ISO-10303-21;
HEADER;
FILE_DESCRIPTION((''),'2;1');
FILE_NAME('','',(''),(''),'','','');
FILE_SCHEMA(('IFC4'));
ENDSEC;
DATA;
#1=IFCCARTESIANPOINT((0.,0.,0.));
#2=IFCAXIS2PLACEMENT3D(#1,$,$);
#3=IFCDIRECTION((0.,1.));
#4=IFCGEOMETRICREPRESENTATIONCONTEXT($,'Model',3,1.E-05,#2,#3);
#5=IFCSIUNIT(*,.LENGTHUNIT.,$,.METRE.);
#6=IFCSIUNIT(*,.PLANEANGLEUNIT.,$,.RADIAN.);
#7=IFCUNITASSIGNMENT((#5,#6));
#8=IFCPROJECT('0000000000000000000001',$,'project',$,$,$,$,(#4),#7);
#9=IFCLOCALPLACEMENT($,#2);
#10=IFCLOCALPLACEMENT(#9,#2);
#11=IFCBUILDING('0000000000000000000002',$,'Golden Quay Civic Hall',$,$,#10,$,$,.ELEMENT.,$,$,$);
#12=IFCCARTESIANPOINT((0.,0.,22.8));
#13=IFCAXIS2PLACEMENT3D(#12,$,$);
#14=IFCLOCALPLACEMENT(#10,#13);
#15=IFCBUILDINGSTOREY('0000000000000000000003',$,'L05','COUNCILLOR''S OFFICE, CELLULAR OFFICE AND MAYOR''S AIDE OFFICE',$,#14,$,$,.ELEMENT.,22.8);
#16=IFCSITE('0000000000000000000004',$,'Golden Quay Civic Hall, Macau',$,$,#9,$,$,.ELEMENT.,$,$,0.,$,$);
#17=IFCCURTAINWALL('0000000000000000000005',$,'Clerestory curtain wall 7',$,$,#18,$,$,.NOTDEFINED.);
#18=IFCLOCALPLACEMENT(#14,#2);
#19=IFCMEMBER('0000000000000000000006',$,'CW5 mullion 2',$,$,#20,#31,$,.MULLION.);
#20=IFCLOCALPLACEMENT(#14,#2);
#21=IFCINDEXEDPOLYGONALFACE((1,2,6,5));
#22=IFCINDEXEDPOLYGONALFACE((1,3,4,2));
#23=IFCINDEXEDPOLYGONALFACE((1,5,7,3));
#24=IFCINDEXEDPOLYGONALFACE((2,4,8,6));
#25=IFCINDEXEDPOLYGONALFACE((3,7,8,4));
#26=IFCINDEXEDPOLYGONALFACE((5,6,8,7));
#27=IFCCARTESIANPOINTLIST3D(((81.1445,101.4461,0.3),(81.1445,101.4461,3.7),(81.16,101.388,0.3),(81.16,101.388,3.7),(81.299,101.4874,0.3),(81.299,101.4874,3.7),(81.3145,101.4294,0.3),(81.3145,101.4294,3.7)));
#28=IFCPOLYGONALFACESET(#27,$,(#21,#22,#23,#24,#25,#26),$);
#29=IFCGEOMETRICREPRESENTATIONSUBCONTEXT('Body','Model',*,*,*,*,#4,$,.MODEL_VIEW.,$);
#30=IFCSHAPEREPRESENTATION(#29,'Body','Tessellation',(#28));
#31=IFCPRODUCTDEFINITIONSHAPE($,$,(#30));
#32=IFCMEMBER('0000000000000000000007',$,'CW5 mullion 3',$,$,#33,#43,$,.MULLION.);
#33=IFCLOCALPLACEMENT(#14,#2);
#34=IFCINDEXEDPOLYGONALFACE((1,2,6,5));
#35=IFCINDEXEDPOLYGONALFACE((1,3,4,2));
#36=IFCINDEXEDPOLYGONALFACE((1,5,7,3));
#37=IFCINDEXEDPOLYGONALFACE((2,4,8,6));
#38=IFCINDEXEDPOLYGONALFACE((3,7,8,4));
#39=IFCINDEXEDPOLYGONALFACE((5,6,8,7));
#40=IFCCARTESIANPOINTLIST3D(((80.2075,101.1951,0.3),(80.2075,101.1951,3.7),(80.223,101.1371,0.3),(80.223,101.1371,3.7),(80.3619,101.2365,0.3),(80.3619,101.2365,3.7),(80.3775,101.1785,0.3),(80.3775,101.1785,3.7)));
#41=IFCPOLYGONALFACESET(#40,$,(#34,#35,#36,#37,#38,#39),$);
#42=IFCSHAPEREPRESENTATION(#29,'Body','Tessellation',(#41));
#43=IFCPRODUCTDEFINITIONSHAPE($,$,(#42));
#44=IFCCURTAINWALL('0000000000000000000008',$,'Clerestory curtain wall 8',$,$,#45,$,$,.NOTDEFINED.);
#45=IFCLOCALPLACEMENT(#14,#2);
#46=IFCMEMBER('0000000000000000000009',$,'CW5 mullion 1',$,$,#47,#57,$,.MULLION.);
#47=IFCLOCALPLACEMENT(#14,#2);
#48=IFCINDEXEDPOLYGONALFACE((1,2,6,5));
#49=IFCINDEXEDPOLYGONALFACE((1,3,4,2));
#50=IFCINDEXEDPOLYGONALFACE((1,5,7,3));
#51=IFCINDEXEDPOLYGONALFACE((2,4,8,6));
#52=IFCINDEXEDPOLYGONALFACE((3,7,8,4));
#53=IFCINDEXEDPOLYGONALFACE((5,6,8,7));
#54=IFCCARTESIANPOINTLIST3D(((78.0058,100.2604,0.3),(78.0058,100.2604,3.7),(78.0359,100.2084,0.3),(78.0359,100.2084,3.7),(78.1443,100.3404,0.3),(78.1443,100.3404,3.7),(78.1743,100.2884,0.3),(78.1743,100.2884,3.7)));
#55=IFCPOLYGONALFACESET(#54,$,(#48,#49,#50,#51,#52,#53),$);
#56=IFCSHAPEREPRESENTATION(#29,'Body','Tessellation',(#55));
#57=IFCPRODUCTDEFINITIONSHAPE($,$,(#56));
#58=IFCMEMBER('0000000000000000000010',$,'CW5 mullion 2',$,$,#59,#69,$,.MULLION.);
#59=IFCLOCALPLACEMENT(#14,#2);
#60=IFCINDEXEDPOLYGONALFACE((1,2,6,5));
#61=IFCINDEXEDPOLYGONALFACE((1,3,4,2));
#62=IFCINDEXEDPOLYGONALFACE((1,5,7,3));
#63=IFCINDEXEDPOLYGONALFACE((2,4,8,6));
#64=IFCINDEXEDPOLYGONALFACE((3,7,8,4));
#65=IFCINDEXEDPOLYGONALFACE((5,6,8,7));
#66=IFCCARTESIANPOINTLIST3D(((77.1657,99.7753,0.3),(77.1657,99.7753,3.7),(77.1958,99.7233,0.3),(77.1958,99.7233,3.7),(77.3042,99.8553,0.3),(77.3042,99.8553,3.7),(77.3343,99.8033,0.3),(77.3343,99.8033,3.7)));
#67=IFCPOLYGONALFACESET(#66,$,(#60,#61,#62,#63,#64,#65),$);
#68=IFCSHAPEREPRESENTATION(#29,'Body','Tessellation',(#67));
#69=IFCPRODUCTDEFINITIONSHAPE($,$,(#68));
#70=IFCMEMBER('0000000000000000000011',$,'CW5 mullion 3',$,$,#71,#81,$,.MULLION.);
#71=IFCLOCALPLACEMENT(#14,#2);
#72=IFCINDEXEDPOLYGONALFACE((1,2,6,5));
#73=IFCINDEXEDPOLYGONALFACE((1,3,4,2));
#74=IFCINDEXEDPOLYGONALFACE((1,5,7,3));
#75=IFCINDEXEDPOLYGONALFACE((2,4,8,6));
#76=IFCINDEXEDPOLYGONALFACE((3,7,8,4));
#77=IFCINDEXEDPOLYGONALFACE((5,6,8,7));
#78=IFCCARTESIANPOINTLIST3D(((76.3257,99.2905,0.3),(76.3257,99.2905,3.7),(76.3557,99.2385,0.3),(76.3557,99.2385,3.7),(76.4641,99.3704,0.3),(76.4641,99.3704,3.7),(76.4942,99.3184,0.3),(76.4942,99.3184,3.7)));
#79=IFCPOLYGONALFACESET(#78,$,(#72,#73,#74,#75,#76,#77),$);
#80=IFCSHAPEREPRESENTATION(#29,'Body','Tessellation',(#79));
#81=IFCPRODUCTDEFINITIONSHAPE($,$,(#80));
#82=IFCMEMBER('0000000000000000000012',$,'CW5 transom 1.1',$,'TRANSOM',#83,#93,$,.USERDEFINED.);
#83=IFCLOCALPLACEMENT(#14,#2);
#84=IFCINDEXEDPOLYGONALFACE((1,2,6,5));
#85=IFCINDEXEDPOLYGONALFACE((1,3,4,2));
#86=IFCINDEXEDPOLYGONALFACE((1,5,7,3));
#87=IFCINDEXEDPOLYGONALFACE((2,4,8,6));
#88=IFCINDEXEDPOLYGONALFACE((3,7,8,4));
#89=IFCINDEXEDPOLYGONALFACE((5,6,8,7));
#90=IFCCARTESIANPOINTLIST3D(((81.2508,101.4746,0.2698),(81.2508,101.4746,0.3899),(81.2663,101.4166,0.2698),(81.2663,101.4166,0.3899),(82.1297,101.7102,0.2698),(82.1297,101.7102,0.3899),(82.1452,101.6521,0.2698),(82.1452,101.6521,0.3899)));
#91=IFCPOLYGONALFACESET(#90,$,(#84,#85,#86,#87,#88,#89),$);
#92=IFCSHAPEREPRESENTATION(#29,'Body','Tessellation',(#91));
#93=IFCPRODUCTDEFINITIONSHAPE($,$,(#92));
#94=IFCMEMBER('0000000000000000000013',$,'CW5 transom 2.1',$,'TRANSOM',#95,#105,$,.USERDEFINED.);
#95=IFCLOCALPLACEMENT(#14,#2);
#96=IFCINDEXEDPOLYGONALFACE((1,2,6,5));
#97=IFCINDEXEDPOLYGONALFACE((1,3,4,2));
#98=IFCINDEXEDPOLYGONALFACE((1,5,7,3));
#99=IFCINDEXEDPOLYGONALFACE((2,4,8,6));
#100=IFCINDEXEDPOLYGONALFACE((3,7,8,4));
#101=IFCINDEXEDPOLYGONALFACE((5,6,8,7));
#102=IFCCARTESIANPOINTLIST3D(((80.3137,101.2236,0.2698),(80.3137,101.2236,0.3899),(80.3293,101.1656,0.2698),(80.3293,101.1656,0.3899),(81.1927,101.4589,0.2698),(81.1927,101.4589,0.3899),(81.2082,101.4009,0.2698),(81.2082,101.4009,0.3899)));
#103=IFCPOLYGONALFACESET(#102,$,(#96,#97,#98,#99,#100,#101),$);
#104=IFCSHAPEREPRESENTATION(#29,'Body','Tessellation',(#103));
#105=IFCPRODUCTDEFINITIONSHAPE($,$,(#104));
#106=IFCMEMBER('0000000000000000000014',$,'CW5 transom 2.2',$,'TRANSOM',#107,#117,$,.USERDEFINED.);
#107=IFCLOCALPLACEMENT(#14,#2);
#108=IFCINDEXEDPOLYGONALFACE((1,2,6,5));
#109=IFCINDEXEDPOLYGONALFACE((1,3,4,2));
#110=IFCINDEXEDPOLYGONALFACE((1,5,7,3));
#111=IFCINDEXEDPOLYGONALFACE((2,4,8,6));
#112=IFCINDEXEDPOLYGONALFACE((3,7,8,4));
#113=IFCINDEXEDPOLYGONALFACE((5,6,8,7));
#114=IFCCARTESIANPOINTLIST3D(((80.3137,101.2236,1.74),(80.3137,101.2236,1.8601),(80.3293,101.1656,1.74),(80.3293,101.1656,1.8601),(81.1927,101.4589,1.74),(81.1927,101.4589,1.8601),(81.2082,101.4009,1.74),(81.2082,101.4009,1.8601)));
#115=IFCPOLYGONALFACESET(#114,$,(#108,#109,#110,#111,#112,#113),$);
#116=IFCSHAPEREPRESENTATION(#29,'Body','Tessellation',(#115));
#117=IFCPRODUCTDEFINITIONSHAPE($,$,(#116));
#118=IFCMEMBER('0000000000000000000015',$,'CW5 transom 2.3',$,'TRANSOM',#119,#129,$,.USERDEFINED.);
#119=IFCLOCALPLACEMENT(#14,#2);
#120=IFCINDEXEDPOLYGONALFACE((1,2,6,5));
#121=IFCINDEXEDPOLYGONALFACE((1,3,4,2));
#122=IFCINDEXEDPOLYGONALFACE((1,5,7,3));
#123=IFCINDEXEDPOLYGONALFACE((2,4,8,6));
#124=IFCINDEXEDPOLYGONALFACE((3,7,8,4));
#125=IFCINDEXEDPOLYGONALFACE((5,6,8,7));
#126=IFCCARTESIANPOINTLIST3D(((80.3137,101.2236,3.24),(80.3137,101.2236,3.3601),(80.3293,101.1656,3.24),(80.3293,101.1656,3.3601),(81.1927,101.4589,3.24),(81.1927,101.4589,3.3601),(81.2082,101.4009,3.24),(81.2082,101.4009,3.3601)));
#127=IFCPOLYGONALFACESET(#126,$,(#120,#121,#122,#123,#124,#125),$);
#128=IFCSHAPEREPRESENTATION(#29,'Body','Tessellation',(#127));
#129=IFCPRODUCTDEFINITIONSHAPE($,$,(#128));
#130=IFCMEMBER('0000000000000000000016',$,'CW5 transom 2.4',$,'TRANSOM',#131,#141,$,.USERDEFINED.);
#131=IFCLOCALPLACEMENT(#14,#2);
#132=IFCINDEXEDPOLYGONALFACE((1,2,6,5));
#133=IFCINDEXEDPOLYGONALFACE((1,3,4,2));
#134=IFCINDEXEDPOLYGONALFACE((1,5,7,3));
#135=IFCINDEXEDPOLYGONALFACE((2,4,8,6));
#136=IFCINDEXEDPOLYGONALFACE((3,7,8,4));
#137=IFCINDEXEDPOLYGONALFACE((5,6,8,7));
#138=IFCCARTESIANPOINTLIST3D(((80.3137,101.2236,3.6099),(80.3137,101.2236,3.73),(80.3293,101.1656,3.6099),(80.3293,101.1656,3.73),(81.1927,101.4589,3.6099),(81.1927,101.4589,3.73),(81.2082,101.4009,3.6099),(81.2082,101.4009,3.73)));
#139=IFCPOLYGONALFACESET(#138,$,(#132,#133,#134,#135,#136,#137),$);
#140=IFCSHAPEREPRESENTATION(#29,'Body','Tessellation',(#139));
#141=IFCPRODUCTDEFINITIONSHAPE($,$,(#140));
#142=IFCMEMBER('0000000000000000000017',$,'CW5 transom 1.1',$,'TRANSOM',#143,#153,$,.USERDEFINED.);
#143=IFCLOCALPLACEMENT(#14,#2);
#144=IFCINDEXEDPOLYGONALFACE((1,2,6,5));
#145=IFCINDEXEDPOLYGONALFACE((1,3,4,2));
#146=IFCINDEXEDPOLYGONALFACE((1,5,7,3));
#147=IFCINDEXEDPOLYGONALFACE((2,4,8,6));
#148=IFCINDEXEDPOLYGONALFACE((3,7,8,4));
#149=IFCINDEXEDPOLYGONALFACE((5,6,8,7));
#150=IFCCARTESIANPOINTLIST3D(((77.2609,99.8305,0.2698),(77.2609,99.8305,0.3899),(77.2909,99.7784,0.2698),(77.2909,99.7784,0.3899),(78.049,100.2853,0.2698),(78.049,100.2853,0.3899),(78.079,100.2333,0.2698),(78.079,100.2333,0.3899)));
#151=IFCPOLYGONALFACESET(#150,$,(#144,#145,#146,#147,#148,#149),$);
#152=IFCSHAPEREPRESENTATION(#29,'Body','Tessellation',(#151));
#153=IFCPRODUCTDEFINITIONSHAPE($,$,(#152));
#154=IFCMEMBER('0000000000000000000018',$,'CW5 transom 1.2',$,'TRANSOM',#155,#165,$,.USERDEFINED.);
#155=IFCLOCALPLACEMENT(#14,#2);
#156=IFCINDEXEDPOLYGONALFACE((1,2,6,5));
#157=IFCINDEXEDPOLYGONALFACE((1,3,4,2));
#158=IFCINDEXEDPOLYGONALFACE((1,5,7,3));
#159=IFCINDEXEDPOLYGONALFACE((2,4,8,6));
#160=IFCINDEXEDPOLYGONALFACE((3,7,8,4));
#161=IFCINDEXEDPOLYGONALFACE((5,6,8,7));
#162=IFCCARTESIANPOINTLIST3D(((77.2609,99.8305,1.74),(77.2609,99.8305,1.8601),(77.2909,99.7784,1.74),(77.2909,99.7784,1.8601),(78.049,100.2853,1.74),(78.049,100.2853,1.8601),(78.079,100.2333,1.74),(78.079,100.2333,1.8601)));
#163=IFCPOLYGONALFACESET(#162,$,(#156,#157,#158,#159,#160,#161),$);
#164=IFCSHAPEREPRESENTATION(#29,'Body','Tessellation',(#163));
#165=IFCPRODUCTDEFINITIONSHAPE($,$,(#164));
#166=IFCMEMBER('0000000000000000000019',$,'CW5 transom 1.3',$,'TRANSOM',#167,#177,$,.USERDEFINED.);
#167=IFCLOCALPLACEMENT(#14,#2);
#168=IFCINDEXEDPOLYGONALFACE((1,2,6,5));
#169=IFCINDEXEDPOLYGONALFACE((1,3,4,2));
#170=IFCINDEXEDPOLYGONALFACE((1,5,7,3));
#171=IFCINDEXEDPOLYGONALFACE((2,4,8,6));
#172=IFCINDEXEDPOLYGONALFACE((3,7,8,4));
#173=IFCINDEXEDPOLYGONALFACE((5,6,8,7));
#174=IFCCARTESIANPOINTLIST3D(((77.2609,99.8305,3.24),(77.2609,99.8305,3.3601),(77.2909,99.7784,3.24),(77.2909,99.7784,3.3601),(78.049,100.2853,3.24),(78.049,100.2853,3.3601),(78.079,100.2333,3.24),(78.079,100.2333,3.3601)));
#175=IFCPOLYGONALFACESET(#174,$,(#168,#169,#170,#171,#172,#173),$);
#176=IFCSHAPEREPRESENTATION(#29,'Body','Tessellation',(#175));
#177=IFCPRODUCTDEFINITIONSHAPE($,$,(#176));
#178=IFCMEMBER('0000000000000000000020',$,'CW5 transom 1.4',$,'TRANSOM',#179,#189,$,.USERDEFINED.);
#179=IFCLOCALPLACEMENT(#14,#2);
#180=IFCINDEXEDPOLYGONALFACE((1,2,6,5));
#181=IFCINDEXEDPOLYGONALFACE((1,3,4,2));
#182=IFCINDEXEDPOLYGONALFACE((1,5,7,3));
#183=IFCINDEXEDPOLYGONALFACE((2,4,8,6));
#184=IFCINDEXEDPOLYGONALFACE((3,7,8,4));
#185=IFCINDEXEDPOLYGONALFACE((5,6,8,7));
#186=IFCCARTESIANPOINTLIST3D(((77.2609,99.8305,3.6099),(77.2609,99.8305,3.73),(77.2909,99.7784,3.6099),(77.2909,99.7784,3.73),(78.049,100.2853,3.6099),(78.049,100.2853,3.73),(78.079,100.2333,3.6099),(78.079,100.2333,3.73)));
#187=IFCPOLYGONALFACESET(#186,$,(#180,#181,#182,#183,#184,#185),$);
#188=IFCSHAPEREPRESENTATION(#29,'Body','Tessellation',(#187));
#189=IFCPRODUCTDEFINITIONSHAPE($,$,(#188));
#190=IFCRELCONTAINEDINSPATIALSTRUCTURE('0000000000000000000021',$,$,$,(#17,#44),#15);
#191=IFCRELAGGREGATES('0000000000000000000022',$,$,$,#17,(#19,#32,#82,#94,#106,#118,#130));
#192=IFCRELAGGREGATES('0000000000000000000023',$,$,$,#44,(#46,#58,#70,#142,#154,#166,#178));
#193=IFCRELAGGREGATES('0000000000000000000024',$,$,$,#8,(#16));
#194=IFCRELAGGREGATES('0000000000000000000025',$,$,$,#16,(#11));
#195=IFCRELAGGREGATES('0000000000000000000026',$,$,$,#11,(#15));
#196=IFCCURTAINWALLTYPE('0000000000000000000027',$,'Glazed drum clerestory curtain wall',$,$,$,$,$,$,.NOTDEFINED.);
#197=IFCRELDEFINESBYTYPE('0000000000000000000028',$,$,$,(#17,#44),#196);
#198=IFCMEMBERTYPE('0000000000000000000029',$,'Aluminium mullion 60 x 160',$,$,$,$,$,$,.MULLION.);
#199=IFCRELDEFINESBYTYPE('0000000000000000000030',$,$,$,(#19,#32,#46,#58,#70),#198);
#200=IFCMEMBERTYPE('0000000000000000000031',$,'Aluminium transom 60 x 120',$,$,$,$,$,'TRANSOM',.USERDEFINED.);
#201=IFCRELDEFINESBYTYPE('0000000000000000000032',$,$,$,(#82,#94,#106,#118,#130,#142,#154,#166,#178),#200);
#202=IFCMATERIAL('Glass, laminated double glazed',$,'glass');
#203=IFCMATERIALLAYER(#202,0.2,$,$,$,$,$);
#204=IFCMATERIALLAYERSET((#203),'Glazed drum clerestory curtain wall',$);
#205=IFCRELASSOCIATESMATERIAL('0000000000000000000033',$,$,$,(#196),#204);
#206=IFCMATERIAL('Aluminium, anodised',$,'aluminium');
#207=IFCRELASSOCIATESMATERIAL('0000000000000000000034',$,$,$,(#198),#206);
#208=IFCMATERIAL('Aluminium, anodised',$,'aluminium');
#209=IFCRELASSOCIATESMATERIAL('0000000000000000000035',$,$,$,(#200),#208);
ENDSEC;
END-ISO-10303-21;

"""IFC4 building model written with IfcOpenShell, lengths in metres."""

from ifc_helpers import new_model, si_unit, direction, frame, origin, origin_2d, place, context, subcontext, project, spatial, rectangle, extrude, material, layer, layer_set, material_profile, profile_set, type_object, element, aggregate, save


model = new_model("IFC4")

# Units and contexts
model_context = context("Model", 3, precision=1e-05, world=origin(), true_north=direction((0.0, 1.0)))
body_context = subcontext(model_context, "Body", "Model", "MODEL_VIEW")
ifc_project = project(units=[si_unit("LENGTHUNIT", "METRE"), si_unit("PLANEANGLEUNIT", "RADIAN")], contexts=[model_context])

# Site, building, storey
site_placement = place(None, origin())
site = spatial("IfcSite", under=ifc_project, at=site_placement, Name="Golden Quay Civic Hall, Macau", CompositionType="ELEMENT", RefElevation=0.0)
building_placement = place(site_placement, origin())
building = spatial("IfcBuilding", under=site, at=building_placement, Name="Golden Quay Civic Hall", CompositionType="ELEMENT")
storey_placement = place(building_placement, frame((0.0, 0.0, 22.8)))
storey = spatial("IfcBuildingStorey", under=building, at=storey_placement, Name="L05", Description="COUNCILLOR'S OFFICE, CELLULAR OFFICE AND MAYOR'S AIDE OFFICE", CompositionType="ELEMENT", Elevation=22.8)

# Curtain walls, members
ifc_material_1 = material(Name="Glass, laminated double glazed", Category="glass")
ifc_layer_1 = layer(ifc_material_1, 0.2)
ifc_layer_set_1 = layer_set([ifc_layer_1], Name="Glazed drum clerestory curtain wall")
curtain_wall_type = type_object("IfcCurtainWallType", Name="Glazed drum clerestory curtain wall", PredefinedType="NOTDEFINED", material=ifc_layer_set_1)
curtain_wall_1_placement = place(storey_placement, origin())
curtain_wall_1 = element("IfcCurtainWall", 1, at=curtain_wall_1_placement, inside=storey, type_object=curtain_wall_type, Name="Clerestory curtain wall 7", PredefinedType="NOTDEFINED")
ifc_material_2 = material(Name="Aluminium, anodised", Category="aluminium")
ifc_material_profile_1 = material_profile(ifc_material_2, rectangle(XDim=0.0601, YDim=0.1599, at=origin_2d()), Name="Aluminium 60 x 160")
ifc_profile_set_1 = profile_set([ifc_material_profile_1], Name="Aluminium, anodised")
member_type_1 = type_object("IfcMemberType", Name="Aluminium mullion 60 x 160", PredefinedType="MULLION", material=ifc_profile_set_1)
member_1_placement = place(storey_placement, frame((81.2295, 101.4377, 0.3), z_axis=(0.0, 0.0, 1.0), x_axis=(0.258808, -0.965929, 0.0)))
member_1 = element("IfcMember", 2, at=member_1_placement, type_object=member_type_1, Name="CW5 mullion 2", PredefinedType="MULLION", context=body_context, shape_type="SweptSolid", body=[
    extrude(rectangle(XDim=0.0601, YDim=0.1599, at=origin_2d()), origin(), (0.0, 0.0, 1.0), 3.3999),
])
member_2_placement = place(storey_placement, frame((80.2925, 101.1868, 0.3), z_axis=(0.0, 0.0, 1.0), x_axis=(0.258808, -0.965929, 0.0)))
member_2 = element("IfcMember", 3, at=member_2_placement, type_object=member_type_1, Name="CW5 mullion 3", PredefinedType="MULLION", context=body_context, shape_type="SweptSolid", body=[
    extrude(rectangle(XDim=0.0601, YDim=0.1599, at=origin_2d()), origin(), (0.0, 0.0, 1.0), 3.3999),
])
curtain_wall_2_placement = place(storey_placement, origin())
curtain_wall_2 = element("IfcCurtainWall", 4, at=curtain_wall_2_placement, inside=storey, type_object=curtain_wall_type, Name="Clerestory curtain wall 8", PredefinedType="NOTDEFINED")
member_3_placement = place(storey_placement, frame((78.0901, 100.2744, 0.3), z_axis=(0.0, 0.0, 1.0), x_axis=(0.500011, -0.866019, 0.0)))
member_3 = element("IfcMember", 5, at=member_3_placement, type_object=member_type_1, Name="CW5 mullion 1", PredefinedType="MULLION", context=body_context, shape_type="SweptSolid", body=[
    extrude(rectangle(XDim=0.0601, YDim=0.1599, at=origin_2d()), origin(), (0.0, 0.0, 1.0), 3.3999),
])
member_4_placement = place(storey_placement, frame((77.25, 99.7893, 0.3), z_axis=(0.0, 0.0, 1.0), x_axis=(0.500011, -0.866019, 0.0)))
member_4 = element("IfcMember", 6, at=member_4_placement, type_object=member_type_1, Name="CW5 mullion 2", PredefinedType="MULLION", context=body_context, shape_type="SweptSolid", body=[
    extrude(rectangle(XDim=0.0601, YDim=0.1599, at=origin_2d()), origin(), (0.0, 0.0, 1.0), 3.3999),
])
member_5_placement = place(storey_placement, frame((76.4099, 99.3044, 0.3), z_axis=(0.0, 0.0, 1.0), x_axis=(0.500011, -0.866019, 0.0)))
member_5 = element("IfcMember", 7, at=member_5_placement, type_object=member_type_1, Name="CW5 mullion 3", PredefinedType="MULLION", context=body_context, shape_type="SweptSolid", body=[
    extrude(rectangle(XDim=0.0601, YDim=0.1599, at=origin_2d()), origin(), (0.0, 0.0, 1.0), 3.3999),
])

# Members
ifc_material_3 = material(Name="Aluminium, anodised", Category="aluminium")
ifc_material_profile_2 = material_profile(ifc_material_3, rectangle(XDim=0.0601, YDim=0.1201, at=origin_2d()), Name="Aluminium 60 x 120")
ifc_profile_set_2 = profile_set([ifc_material_profile_2], Name="Aluminium, anodised")
member_type_2 = type_object("IfcMemberType", Name="Aluminium transom 60 x 120", ElementType="TRANSOM", PredefinedType="USERDEFINED", material=ifc_profile_set_2)
member_6_placement = place(storey_placement, frame((82.1375, 101.6812, 0.3298), z_axis=(-0.9659, -0.258915, 0.0), x_axis=(0.258915, -0.9659, 0.0)))
member_6 = element("IfcMember", 8, at=member_6_placement, type_object=member_type_2, Name="CW5 transom 1.1", ObjectType="TRANSOM", PredefinedType="USERDEFINED", context=body_context, shape_type="SweptSolid", body=[
    extrude(rectangle(XDim=0.0601, YDim=0.1201, at=origin_2d()), origin(), (0.0, 0.0, 1.0), 0.9099),
])
member_7_placement = place(storey_placement, frame((81.2004, 101.4299, 0.3298), z_axis=(-0.965967, -0.258665, 0.0), x_axis=(0.258665, -0.965967, 0.0)))
member_7 = element("IfcMember", 9, at=member_7_placement, type_object=member_type_2, Name="CW5 transom 2.1", ObjectType="TRANSOM", PredefinedType="USERDEFINED", context=body_context, shape_type="SweptSolid", body=[
    extrude(rectangle(XDim=0.0601, YDim=0.1201, at=origin_2d()), origin(), (0.0, 0.0, 1.0), 0.9099),
])
member_8_placement = place(storey_placement, frame((81.2004, 101.4299, 1.8), z_axis=(-0.965967, -0.258665, 0.0), x_axis=(0.258665, -0.965967, 0.0)))
member_8 = element("IfcMember", 10, at=member_8_placement, type_object=member_type_2, Name="CW5 transom 2.2", ObjectType="TRANSOM", PredefinedType="USERDEFINED", context=body_context, shape_type="SweptSolid", body=[
    extrude(rectangle(XDim=0.0601, YDim=0.1201, at=origin_2d()), origin(), (0.0, 0.0, 1.0), 0.9099),
])
member_9_placement = place(storey_placement, frame((81.2004, 101.4299, 3.3), z_axis=(-0.965967, -0.258665, 0.0), x_axis=(0.258665, -0.965967, 0.0)))
member_9 = element("IfcMember", 11, at=member_9_placement, type_object=member_type_2, Name="CW5 transom 2.3", ObjectType="TRANSOM", PredefinedType="USERDEFINED", context=body_context, shape_type="SweptSolid", body=[
    extrude(rectangle(XDim=0.0601, YDim=0.1201, at=origin_2d()), origin(), (0.0, 0.0, 1.0), 0.9099),
])
member_10_placement = place(storey_placement, frame((81.2004, 101.4299, 3.6699), z_axis=(-0.965967, -0.258665, 0.0), x_axis=(0.258665, -0.965967, 0.0)))
member_10 = element("IfcMember", 12, at=member_10_placement, type_object=member_type_2, Name="CW5 transom 2.4", ObjectType="TRANSOM", PredefinedType="USERDEFINED", context=body_context, shape_type="SweptSolid", body=[
    extrude(rectangle(XDim=0.0601, YDim=0.1201, at=origin_2d()), origin(), (0.0, 0.0, 1.0), 0.9099),
])
member_11_placement = place(storey_placement, frame((78.064, 100.2593, 0.3298), z_axis=(-0.866105, -0.499862, 0.0), x_axis=(0.499862, -0.866105, 0.0)))
member_11 = element("IfcMember", 13, at=member_11_placement, type_object=member_type_2, Name="CW5 transom 1.1", ObjectType="TRANSOM", PredefinedType="USERDEFINED", context=body_context, shape_type="SweptSolid", body=[
    extrude(rectangle(XDim=0.0601, YDim=0.1201, at=origin_2d()), origin(), (0.0, 0.0, 1.0), 0.9099),
])
member_12_placement = place(storey_placement, frame((78.064, 100.2593, 1.8), z_axis=(-0.866105, -0.499862, 0.0), x_axis=(0.499862, -0.866105, 0.0)))
member_12 = element("IfcMember", 14, at=member_12_placement, type_object=member_type_2, Name="CW5 transom 1.2", ObjectType="TRANSOM", PredefinedType="USERDEFINED", context=body_context, shape_type="SweptSolid", body=[
    extrude(rectangle(XDim=0.0601, YDim=0.1201, at=origin_2d()), origin(), (0.0, 0.0, 1.0), 0.9099),
])
member_13_placement = place(storey_placement, frame((78.064, 100.2593, 3.3), z_axis=(-0.866105, -0.499862, 0.0), x_axis=(0.499862, -0.866105, 0.0)))
member_13 = element("IfcMember", 15, at=member_13_placement, type_object=member_type_2, Name="CW5 transom 1.3", ObjectType="TRANSOM", PredefinedType="USERDEFINED", context=body_context, shape_type="SweptSolid", body=[
    extrude(rectangle(XDim=0.0601, YDim=0.1201, at=origin_2d()), origin(), (0.0, 0.0, 1.0), 0.9099),
])
member_14_placement = place(storey_placement, frame((78.064, 100.2593, 3.6699), z_axis=(-0.866105, -0.499862, 0.0), x_axis=(0.499862, -0.866105, 0.0)))
member_14 = element("IfcMember", 16, at=member_14_placement, type_object=member_type_2, Name="CW5 transom 1.4", ObjectType="TRANSOM", PredefinedType="USERDEFINED", context=body_context, shape_type="SweptSolid", body=[
    extrude(rectangle(XDim=0.0601, YDim=0.1201, at=origin_2d()), origin(), (0.0, 0.0, 1.0), 0.9099),
])

aggregate(curtain_wall_1, [member_1, member_2, member_6, member_7, member_8, member_9, member_10])
aggregate(curtain_wall_2, [member_3, member_4, member_5, member_11, member_12, member_13, member_14])

save(model, "model.ifc")
